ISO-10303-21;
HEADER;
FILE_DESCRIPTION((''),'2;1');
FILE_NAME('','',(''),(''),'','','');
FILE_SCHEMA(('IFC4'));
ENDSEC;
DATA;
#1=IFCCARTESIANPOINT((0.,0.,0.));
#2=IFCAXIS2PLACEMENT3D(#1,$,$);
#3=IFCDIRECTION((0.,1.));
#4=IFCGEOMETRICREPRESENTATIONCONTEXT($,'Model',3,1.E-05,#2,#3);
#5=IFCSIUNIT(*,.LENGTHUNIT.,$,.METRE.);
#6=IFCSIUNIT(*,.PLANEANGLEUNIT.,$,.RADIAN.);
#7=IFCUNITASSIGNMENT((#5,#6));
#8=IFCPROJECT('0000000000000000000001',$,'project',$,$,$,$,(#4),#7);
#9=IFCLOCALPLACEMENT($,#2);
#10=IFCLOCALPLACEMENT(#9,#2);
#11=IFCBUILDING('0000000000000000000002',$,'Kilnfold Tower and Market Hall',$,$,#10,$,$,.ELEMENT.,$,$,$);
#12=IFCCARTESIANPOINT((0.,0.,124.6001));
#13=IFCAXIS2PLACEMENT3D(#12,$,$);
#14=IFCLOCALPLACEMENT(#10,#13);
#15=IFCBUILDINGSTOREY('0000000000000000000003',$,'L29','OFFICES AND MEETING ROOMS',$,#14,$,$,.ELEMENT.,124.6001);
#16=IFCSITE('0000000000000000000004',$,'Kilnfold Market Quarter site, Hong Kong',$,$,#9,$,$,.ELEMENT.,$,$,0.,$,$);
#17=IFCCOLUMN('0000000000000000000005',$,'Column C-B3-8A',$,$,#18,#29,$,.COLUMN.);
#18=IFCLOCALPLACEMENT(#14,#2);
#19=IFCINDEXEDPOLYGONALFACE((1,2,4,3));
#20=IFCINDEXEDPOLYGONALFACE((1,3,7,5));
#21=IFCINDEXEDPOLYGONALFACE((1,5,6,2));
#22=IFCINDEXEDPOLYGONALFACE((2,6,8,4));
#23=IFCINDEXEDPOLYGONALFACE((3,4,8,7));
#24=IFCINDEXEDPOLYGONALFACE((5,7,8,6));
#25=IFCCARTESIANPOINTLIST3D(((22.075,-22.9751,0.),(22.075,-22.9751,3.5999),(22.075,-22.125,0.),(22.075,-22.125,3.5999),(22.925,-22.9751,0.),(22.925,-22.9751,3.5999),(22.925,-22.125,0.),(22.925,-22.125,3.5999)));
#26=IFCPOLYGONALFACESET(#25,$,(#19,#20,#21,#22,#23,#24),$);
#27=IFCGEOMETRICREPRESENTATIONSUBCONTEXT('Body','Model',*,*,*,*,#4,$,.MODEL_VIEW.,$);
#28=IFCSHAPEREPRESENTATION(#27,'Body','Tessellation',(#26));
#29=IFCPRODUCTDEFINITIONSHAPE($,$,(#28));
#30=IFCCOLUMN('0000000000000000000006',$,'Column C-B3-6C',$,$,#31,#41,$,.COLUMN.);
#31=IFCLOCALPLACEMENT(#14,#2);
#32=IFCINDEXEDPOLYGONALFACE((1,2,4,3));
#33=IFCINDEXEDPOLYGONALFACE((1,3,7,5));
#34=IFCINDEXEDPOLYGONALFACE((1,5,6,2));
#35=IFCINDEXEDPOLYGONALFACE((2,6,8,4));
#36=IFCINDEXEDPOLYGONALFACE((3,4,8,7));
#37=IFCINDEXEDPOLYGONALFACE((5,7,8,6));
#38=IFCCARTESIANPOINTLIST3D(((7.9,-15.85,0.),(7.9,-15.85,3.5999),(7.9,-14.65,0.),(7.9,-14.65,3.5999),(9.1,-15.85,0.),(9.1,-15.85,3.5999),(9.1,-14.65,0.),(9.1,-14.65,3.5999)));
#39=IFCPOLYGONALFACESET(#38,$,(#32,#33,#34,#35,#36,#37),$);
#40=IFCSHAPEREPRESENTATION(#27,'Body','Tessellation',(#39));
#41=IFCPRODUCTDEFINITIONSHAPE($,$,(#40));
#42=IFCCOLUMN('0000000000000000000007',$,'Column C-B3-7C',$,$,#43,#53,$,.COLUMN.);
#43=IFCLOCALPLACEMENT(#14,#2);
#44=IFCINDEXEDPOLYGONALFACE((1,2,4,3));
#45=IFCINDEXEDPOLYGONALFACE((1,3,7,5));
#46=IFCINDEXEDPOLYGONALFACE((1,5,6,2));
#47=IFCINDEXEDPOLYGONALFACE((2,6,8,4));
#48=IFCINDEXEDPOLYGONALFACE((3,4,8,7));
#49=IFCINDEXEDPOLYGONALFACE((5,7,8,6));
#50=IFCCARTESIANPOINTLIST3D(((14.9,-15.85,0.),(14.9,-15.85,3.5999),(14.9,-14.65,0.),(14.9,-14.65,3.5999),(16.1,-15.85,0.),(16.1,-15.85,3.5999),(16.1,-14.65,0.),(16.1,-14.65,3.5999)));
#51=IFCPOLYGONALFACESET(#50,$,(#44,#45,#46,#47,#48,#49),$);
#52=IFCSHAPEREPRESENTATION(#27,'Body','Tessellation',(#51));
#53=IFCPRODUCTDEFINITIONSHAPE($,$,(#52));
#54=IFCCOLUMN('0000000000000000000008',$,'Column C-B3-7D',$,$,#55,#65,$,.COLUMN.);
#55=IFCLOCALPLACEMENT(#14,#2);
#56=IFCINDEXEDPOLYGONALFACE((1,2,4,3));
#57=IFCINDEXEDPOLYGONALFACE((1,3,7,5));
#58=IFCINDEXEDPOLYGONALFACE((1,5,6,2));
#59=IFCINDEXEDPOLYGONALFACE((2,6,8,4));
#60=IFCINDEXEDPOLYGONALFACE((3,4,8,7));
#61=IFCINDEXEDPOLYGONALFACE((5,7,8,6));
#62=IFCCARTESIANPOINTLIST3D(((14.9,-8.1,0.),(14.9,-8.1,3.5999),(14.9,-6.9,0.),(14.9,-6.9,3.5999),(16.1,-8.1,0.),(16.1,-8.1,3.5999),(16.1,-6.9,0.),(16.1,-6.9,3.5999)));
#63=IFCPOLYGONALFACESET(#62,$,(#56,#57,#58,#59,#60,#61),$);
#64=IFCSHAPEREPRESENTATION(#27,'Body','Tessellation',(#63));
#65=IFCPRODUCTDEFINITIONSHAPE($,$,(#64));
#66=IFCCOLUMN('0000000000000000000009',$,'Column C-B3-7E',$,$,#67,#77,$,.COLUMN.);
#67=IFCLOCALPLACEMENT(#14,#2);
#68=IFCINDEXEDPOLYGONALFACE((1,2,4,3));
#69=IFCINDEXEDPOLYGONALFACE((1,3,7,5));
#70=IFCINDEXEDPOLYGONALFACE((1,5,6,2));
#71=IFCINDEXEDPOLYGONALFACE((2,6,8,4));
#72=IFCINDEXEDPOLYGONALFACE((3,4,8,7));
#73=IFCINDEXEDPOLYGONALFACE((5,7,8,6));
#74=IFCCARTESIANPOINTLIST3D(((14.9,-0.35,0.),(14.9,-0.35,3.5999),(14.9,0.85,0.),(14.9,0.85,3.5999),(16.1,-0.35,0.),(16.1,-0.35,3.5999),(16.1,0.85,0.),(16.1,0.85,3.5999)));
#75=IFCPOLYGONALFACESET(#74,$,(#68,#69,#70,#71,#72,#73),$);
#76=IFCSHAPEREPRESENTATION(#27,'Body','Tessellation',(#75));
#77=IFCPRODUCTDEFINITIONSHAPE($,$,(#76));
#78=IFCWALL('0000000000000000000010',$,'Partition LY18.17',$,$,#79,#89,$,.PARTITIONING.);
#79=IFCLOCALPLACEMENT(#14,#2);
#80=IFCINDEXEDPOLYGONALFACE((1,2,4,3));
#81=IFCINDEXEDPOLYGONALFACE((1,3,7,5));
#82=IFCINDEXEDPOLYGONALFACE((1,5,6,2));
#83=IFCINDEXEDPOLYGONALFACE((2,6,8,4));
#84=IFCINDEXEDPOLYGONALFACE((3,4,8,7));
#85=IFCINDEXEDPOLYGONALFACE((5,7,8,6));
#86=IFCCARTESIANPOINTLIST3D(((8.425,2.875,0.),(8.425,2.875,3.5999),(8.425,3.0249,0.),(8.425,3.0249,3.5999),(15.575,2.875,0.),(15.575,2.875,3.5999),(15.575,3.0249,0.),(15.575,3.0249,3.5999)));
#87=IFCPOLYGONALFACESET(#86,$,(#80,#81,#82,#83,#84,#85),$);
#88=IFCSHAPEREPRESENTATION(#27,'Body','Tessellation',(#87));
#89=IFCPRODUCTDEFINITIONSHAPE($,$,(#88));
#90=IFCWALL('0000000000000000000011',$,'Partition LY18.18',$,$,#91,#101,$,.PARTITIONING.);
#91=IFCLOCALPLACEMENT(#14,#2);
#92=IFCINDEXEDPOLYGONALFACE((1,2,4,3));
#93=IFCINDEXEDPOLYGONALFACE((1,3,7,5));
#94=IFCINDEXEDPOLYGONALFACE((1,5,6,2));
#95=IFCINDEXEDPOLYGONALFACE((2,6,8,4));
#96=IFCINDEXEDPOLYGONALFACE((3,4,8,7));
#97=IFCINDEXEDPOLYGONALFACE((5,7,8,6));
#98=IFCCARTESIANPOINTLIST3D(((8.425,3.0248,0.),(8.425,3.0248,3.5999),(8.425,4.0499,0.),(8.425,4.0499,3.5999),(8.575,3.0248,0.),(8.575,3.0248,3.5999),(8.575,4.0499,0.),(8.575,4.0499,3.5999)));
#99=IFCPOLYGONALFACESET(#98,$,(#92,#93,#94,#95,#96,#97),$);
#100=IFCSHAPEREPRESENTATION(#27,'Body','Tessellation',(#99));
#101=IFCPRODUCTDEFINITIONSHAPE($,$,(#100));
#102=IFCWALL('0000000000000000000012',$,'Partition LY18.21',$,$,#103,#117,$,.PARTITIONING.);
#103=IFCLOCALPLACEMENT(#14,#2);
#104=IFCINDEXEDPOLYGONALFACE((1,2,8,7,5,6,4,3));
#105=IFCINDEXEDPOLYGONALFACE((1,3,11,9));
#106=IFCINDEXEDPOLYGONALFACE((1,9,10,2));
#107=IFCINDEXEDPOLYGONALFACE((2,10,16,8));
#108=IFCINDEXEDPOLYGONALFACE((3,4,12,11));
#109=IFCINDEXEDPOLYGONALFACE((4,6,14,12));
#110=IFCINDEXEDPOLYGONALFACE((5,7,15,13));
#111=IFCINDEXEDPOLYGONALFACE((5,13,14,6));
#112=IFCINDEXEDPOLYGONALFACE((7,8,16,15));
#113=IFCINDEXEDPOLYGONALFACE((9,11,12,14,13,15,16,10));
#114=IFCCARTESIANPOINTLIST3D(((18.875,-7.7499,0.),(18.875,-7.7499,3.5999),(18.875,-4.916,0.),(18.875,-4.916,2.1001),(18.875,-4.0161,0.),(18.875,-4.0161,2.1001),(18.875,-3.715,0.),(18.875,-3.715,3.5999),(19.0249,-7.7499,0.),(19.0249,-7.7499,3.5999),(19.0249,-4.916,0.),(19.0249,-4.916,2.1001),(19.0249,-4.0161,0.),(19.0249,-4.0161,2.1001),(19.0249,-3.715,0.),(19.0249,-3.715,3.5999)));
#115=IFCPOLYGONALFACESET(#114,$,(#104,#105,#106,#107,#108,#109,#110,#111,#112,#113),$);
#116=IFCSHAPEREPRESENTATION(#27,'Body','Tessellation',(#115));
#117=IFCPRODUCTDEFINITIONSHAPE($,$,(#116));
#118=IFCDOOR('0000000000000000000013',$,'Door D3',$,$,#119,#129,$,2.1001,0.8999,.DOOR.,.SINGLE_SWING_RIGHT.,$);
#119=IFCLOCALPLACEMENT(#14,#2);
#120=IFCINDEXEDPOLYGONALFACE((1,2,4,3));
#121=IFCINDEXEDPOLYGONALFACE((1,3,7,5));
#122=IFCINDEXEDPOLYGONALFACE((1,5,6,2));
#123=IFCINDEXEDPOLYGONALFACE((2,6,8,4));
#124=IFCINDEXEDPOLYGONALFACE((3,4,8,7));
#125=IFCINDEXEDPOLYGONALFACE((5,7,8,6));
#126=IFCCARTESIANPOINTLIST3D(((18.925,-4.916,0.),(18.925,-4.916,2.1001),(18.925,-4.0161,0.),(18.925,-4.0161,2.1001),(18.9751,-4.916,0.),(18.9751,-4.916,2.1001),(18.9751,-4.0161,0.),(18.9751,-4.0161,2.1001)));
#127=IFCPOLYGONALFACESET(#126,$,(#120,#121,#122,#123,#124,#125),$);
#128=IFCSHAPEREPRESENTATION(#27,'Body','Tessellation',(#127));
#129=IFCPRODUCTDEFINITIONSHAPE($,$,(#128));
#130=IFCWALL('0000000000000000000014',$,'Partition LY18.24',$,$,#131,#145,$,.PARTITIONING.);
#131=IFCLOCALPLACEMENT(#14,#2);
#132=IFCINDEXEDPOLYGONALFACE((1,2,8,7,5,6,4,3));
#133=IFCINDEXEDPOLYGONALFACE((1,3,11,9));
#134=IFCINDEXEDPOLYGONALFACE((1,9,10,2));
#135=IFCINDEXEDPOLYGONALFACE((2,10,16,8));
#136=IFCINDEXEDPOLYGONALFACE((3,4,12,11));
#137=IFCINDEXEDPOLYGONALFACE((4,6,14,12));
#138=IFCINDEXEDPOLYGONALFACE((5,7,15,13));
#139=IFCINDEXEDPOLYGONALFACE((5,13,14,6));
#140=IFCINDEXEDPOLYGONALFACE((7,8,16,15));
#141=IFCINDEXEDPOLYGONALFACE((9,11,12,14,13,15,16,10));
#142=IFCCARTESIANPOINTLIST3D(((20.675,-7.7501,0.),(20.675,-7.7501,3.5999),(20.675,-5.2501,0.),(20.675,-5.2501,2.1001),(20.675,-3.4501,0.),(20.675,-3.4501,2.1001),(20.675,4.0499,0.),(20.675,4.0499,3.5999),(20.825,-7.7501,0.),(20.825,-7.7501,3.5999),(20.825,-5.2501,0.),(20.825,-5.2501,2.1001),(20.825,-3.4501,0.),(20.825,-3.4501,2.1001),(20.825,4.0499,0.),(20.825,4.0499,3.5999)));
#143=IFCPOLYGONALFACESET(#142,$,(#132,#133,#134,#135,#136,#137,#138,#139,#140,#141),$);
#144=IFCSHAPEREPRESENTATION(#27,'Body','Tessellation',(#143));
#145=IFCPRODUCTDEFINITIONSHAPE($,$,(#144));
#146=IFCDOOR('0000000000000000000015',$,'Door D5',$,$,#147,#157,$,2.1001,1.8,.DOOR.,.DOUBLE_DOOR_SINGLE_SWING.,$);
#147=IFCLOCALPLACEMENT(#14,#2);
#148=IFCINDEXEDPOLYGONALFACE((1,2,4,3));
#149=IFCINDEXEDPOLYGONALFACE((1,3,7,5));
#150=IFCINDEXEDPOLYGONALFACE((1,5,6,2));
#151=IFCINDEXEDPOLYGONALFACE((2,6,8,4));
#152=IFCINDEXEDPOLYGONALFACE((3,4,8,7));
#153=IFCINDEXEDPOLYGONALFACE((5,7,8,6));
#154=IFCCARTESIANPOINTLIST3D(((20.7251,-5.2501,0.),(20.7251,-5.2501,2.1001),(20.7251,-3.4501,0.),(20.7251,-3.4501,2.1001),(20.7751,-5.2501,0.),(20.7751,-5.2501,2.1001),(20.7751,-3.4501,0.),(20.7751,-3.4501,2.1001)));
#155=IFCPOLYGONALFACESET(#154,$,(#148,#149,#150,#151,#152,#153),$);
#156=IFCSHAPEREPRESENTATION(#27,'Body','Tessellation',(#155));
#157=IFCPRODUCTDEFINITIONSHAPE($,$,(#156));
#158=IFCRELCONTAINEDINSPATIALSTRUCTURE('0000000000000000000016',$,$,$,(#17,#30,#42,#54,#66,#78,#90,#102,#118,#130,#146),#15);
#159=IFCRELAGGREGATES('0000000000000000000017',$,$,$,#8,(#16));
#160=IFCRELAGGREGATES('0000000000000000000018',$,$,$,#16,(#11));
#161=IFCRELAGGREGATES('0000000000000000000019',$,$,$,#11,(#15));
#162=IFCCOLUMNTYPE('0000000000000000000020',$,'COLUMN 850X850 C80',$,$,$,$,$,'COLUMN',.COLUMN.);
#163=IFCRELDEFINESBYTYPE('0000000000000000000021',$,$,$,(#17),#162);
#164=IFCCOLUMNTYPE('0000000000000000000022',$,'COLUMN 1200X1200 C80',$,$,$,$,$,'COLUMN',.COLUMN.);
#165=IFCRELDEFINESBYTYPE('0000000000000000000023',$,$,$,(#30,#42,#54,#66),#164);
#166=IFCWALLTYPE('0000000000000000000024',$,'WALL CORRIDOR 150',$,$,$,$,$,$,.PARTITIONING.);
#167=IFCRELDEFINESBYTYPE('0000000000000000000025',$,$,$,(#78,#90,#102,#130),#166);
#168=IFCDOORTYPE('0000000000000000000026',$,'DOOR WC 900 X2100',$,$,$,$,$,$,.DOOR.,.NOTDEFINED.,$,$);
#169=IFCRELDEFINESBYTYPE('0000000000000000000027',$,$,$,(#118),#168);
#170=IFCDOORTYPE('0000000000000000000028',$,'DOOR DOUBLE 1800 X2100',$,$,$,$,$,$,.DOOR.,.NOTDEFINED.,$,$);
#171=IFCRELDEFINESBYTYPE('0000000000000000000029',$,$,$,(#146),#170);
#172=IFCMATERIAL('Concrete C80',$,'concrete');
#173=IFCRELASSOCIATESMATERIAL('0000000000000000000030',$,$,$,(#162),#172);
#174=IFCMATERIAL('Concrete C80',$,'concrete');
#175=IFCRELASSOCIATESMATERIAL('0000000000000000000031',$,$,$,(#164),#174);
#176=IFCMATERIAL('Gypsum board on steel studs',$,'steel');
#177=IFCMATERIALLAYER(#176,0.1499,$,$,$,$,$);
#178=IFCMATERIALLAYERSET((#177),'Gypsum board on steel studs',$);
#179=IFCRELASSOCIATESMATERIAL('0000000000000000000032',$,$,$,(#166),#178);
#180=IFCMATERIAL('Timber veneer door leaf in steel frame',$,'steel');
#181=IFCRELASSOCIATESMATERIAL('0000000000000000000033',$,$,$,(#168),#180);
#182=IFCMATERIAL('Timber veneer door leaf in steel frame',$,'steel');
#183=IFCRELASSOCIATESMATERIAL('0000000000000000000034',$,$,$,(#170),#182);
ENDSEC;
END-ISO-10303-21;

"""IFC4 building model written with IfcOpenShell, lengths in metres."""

from ifc_helpers import new_model, si_unit, direction, frame, frame_2d, origin, origin_2d, place, context, subcontext, project, spatial, rectangle, extrude, source, transform, mapped, material, layer, layer_set, material_profile, profile_set, type_object, element, fill, save


model = new_model("IFC4")

# Units and contexts
model_context = context("Model", 3, precision=1e-05, world=origin(), true_north=direction((0.0, 1.0)))
body_context = subcontext(model_context, "Body", "Model", "MODEL_VIEW")
ifc_project = project(units=[si_unit("LENGTHUNIT", "METRE"), si_unit("PLANEANGLEUNIT", "RADIAN")], contexts=[model_context])

# Site, building, storey
site_placement = place(None, origin())
site = spatial("IfcSite", under=ifc_project, at=site_placement, Name="Kilnfold Market Quarter site, Hong Kong", CompositionType="ELEMENT", RefElevation=0.0)
building_placement = place(site_placement, origin())
building = spatial("IfcBuilding", under=site, at=building_placement, Name="Kilnfold Tower and Market Hall", CompositionType="ELEMENT")
storey_placement = place(building_placement, frame((0.0, 0.0, 124.6001)))
storey = spatial("IfcBuildingStorey", under=building, at=storey_placement, Name="L29", Description="OFFICES AND MEETING ROOMS", CompositionType="ELEMENT", Elevation=124.6001)

# Columns
ifc_material_1 = material(Name="Concrete C80", Category="concrete")
ifc_material_profile_1 = material_profile(ifc_material_1, rectangle(XDim=0.8501, YDim=0.8501, at=origin_2d()), Name="RC 850x850")
ifc_profile_set_1 = profile_set([ifc_material_profile_1], Name="Concrete C80")
column_type_1 = type_object("IfcColumnType", Name="COLUMN 850X850 C80", ElementType="COLUMN", PredefinedType="COLUMN", material=ifc_profile_set_1)
shared_shape_1 = source(origin(), body_context, "Body", "SweptSolid", [
    extrude(rectangle(XDim=0.8501, YDim=0.8501, at=origin_2d()), origin(), (0.0, 0.0, 1.0), 3.5999),
])
column_placement = place(storey_placement, frame((22.5, -22.55, 0.0), z_axis=(0.0, 0.0, 1.0), x_axis=(1.0, 0.0, 0.0)))
element("IfcColumn", 1, at=column_placement, inside=storey, type_object=column_type_1, Name="Column C-B3-8A", PredefinedType="COLUMN", context=body_context, shape_type="MappedRepresentation", body=[
    mapped(shared_shape_1, transform((0.0, 0.0, 0.0))),
])
ifc_material_2 = material(Name="Concrete C80", Category="concrete")
ifc_material_profile_2 = material_profile(ifc_material_2, rectangle(XDim=1.2, YDim=1.2, at=origin_2d()), Name="RC 1200x1200")
ifc_profile_set_2 = profile_set([ifc_material_profile_2], Name="Concrete C80")
column_type_2 = type_object("IfcColumnType", Name="COLUMN 1200X1200 C80", ElementType="COLUMN", PredefinedType="COLUMN", material=ifc_profile_set_2)
shared_shape_2 = source(origin(), body_context, "Body", "SweptSolid", [
    extrude(rectangle(XDim=1.2, YDim=1.2, at=origin_2d()), origin(), (0.0, 0.0, 1.0), 3.5999),
])
for number, where, z_axis, x_axis, name in (
    (2, (8.5, -15.25, 0.0), (0.0, 0.0, 1.0), (1.0, 0.0, 0.0), "Column C-B3-6C"),
    (3, (15.5, -15.25, 0.0), (0.0, 0.0, 1.0), (1.0, 0.0, 0.0), "Column C-B3-7C"),
    (4, (15.5, -7.5, 0.0), (0.0, 0.0, 1.0), (1.0, 0.0, 0.0), "Column C-B3-7D"),
    (5, (15.5, 0.25, 0.0), (0.0, 0.0, 1.0), (1.0, 0.0, 0.0), "Column C-B3-7E"),
):
    element("IfcColumn", number, at=place(storey_placement, frame(where, z_axis=z_axis, x_axis=x_axis)), inside=storey, type_object=column_type_2, Name=name, PredefinedType="COLUMN", context=body_context, shape_type="MappedRepresentation", body=[
        mapped(shared_shape_2, transform((0.0, 0.0, 0.0))),
    ])

# Walls
ifc_material_3 = material(Name="Gypsum board on steel studs", Category="steel")
ifc_layer_1 = layer(ifc_material_3, 0.1499)
ifc_layer_set_1 = layer_set([ifc_layer_1], Name="Gypsum board on steel studs")
wall_type_1 = type_object("IfcWallType", Name="WALL CORRIDOR 150", PredefinedType="PARTITIONING", material=ifc_layer_set_1)
wall_1_placement = place(storey_placement, frame((8.425, 2.95, 0.0), z_axis=(0.0, 0.0, 1.0), x_axis=(1.0, 0.0, 0.0)))
element("IfcWall", 6, at=wall_1_placement, inside=storey, type_object=wall_type_1, Name="Partition LY18.17", PredefinedType="PARTITIONING", context=body_context, shape_type="SweptSolid", body=[
    extrude(rectangle(XDim=7.1499, YDim=0.1499, at=frame_2d((3.575, 0.0))), origin(), (0.0, 0.0, 1.0), 3.5999),
])
wall_2_placement = place(storey_placement, frame((8.5, 4.05, 0.0), z_axis=(0.0, 0.0, 1.0), x_axis=(0.0, -1.0, 0.0)))
element("IfcWall", 7, at=wall_2_placement, inside=storey, type_object=wall_type_1, Name="Partition LY18.18", PredefinedType="PARTITIONING", context=body_context, shape_type="SweptSolid", body=[
    extrude(rectangle(XDim=1.0251, YDim=0.1499, at=frame_2d((0.5127, 0.0))), origin(), (0.0, 0.0, 1.0), 3.5999),
])

# Walls, openings, doors
wall_3_placement = place(storey_placement, frame((18.95, -7.75, 0.0), z_axis=(0.0, 0.0, 1.0), x_axis=(0.0, 1.0, 0.0)))
wall_3 = element("IfcWall", 8, at=wall_3_placement, inside=storey, type_object=wall_type_1, Name="Partition LY18.21", PredefinedType="PARTITIONING", context=body_context, shape_type="SweptSolid", body=[
    extrude(rectangle(XDim=4.0349, YDim=0.1499, at=frame_2d((2.0176, 0.0))), origin(), (0.0, 0.0, 1.0), 3.5999),
])
opening_1_placement = place(wall_3_placement, frame((2.834, 0.0, 0.0)))
opening_1 = element("IfcOpeningElement", 9, at=opening_1_placement, cuts=wall_3, PredefinedType="OPENING", context=body_context, shape_type="SweptSolid", body=[
    extrude(rectangle(XDim=0.8999, YDim=2.1001, at=frame_2d((0.45, 1.05))), frame((0.0, 0.085, 0.0), z_axis=(0.0, -1.0, 0.0), x_axis=(1.0, 0.0, 0.0)), (0.0, 0.0, 1.0), 0.1699),
])
ifc_material_4 = material(Name="Timber veneer door leaf in steel frame", Category="steel")
door_type_1 = type_object("IfcDoorType", Name="DOOR WC 900 X2100", OperationType="NOTDEFINED", PredefinedType="DOOR", material=ifc_material_4)
door_1_placement = place(opening_1_placement, origin())
door_1 = element("IfcDoor", 10, at=door_1_placement, inside=storey, type_object=door_type_1, Name="Door D3", OperationType="SINGLE_SWING_RIGHT", OverallHeight=2.1001, OverallWidth=0.8999, PredefinedType="DOOR", context=body_context, shape_type="SweptSolid", body=[
    extrude(rectangle(XDim=0.8999, YDim=2.1001, at=frame_2d((0.45, 1.05))), frame((0.0, 0.0249, 0.0), z_axis=(0.0, -1.0, 0.0), x_axis=(1.0, 0.0, 0.0)), (0.0, 0.0, 1.0), 0.05),
])
fill(opening_1, door_1)
wall_4_placement = place(storey_placement, frame((20.75, -7.75, 0.0), z_axis=(0.0, 0.0, 1.0), x_axis=(0.0, 1.0, 0.0)))
wall_4 = element("IfcWall", 11, at=wall_4_placement, inside=storey, type_object=wall_type_1, Name="Partition LY18.24", PredefinedType="PARTITIONING", context=body_context, shape_type="SweptSolid", body=[
    extrude(rectangle(XDim=11.8, YDim=0.1499, at=frame_2d((5.8999, 0.0))), origin(), (0.0, 0.0, 1.0), 3.5999),
])
opening_2_placement = place(wall_4_placement, frame((2.5, 0.0, 0.0)))
opening_2 = element("IfcOpeningElement", 12, at=opening_2_placement, cuts=wall_4, PredefinedType="OPENING", context=body_context, shape_type="SweptSolid", body=[
    extrude(rectangle(XDim=1.8, YDim=2.1001, at=frame_2d((0.8999, 1.05))), frame((0.0, 0.085, 0.0), z_axis=(0.0, -1.0, 0.0), x_axis=(1.0, 0.0, 0.0)), (0.0, 0.0, 1.0), 0.1699),
])
ifc_material_5 = material(Name="Timber veneer door leaf in steel frame", Category="steel")
door_type_2 = type_object("IfcDoorType", Name="DOOR DOUBLE 1800 X2100", OperationType="NOTDEFINED", PredefinedType="DOOR", material=ifc_material_5)
door_2_placement = place(opening_2_placement, origin())
door_2 = element("IfcDoor", 13, at=door_2_placement, inside=storey, type_object=door_type_2, Name="Door D5", OperationType="DOUBLE_DOOR_SINGLE_SWING", OverallHeight=2.1001, OverallWidth=1.8, PredefinedType="DOOR", context=body_context, shape_type="SweptSolid", body=[
    extrude(rectangle(XDim=1.8, YDim=2.1001, at=frame_2d((0.8999, 1.05))), frame((0.0, 0.0249, 0.0), z_axis=(0.0, -1.0, 0.0), x_axis=(1.0, 0.0, 0.0)), (0.0, 0.0, 1.0), 0.05),
])
fill(opening_2, door_2)

save(model, "model.ifc")
